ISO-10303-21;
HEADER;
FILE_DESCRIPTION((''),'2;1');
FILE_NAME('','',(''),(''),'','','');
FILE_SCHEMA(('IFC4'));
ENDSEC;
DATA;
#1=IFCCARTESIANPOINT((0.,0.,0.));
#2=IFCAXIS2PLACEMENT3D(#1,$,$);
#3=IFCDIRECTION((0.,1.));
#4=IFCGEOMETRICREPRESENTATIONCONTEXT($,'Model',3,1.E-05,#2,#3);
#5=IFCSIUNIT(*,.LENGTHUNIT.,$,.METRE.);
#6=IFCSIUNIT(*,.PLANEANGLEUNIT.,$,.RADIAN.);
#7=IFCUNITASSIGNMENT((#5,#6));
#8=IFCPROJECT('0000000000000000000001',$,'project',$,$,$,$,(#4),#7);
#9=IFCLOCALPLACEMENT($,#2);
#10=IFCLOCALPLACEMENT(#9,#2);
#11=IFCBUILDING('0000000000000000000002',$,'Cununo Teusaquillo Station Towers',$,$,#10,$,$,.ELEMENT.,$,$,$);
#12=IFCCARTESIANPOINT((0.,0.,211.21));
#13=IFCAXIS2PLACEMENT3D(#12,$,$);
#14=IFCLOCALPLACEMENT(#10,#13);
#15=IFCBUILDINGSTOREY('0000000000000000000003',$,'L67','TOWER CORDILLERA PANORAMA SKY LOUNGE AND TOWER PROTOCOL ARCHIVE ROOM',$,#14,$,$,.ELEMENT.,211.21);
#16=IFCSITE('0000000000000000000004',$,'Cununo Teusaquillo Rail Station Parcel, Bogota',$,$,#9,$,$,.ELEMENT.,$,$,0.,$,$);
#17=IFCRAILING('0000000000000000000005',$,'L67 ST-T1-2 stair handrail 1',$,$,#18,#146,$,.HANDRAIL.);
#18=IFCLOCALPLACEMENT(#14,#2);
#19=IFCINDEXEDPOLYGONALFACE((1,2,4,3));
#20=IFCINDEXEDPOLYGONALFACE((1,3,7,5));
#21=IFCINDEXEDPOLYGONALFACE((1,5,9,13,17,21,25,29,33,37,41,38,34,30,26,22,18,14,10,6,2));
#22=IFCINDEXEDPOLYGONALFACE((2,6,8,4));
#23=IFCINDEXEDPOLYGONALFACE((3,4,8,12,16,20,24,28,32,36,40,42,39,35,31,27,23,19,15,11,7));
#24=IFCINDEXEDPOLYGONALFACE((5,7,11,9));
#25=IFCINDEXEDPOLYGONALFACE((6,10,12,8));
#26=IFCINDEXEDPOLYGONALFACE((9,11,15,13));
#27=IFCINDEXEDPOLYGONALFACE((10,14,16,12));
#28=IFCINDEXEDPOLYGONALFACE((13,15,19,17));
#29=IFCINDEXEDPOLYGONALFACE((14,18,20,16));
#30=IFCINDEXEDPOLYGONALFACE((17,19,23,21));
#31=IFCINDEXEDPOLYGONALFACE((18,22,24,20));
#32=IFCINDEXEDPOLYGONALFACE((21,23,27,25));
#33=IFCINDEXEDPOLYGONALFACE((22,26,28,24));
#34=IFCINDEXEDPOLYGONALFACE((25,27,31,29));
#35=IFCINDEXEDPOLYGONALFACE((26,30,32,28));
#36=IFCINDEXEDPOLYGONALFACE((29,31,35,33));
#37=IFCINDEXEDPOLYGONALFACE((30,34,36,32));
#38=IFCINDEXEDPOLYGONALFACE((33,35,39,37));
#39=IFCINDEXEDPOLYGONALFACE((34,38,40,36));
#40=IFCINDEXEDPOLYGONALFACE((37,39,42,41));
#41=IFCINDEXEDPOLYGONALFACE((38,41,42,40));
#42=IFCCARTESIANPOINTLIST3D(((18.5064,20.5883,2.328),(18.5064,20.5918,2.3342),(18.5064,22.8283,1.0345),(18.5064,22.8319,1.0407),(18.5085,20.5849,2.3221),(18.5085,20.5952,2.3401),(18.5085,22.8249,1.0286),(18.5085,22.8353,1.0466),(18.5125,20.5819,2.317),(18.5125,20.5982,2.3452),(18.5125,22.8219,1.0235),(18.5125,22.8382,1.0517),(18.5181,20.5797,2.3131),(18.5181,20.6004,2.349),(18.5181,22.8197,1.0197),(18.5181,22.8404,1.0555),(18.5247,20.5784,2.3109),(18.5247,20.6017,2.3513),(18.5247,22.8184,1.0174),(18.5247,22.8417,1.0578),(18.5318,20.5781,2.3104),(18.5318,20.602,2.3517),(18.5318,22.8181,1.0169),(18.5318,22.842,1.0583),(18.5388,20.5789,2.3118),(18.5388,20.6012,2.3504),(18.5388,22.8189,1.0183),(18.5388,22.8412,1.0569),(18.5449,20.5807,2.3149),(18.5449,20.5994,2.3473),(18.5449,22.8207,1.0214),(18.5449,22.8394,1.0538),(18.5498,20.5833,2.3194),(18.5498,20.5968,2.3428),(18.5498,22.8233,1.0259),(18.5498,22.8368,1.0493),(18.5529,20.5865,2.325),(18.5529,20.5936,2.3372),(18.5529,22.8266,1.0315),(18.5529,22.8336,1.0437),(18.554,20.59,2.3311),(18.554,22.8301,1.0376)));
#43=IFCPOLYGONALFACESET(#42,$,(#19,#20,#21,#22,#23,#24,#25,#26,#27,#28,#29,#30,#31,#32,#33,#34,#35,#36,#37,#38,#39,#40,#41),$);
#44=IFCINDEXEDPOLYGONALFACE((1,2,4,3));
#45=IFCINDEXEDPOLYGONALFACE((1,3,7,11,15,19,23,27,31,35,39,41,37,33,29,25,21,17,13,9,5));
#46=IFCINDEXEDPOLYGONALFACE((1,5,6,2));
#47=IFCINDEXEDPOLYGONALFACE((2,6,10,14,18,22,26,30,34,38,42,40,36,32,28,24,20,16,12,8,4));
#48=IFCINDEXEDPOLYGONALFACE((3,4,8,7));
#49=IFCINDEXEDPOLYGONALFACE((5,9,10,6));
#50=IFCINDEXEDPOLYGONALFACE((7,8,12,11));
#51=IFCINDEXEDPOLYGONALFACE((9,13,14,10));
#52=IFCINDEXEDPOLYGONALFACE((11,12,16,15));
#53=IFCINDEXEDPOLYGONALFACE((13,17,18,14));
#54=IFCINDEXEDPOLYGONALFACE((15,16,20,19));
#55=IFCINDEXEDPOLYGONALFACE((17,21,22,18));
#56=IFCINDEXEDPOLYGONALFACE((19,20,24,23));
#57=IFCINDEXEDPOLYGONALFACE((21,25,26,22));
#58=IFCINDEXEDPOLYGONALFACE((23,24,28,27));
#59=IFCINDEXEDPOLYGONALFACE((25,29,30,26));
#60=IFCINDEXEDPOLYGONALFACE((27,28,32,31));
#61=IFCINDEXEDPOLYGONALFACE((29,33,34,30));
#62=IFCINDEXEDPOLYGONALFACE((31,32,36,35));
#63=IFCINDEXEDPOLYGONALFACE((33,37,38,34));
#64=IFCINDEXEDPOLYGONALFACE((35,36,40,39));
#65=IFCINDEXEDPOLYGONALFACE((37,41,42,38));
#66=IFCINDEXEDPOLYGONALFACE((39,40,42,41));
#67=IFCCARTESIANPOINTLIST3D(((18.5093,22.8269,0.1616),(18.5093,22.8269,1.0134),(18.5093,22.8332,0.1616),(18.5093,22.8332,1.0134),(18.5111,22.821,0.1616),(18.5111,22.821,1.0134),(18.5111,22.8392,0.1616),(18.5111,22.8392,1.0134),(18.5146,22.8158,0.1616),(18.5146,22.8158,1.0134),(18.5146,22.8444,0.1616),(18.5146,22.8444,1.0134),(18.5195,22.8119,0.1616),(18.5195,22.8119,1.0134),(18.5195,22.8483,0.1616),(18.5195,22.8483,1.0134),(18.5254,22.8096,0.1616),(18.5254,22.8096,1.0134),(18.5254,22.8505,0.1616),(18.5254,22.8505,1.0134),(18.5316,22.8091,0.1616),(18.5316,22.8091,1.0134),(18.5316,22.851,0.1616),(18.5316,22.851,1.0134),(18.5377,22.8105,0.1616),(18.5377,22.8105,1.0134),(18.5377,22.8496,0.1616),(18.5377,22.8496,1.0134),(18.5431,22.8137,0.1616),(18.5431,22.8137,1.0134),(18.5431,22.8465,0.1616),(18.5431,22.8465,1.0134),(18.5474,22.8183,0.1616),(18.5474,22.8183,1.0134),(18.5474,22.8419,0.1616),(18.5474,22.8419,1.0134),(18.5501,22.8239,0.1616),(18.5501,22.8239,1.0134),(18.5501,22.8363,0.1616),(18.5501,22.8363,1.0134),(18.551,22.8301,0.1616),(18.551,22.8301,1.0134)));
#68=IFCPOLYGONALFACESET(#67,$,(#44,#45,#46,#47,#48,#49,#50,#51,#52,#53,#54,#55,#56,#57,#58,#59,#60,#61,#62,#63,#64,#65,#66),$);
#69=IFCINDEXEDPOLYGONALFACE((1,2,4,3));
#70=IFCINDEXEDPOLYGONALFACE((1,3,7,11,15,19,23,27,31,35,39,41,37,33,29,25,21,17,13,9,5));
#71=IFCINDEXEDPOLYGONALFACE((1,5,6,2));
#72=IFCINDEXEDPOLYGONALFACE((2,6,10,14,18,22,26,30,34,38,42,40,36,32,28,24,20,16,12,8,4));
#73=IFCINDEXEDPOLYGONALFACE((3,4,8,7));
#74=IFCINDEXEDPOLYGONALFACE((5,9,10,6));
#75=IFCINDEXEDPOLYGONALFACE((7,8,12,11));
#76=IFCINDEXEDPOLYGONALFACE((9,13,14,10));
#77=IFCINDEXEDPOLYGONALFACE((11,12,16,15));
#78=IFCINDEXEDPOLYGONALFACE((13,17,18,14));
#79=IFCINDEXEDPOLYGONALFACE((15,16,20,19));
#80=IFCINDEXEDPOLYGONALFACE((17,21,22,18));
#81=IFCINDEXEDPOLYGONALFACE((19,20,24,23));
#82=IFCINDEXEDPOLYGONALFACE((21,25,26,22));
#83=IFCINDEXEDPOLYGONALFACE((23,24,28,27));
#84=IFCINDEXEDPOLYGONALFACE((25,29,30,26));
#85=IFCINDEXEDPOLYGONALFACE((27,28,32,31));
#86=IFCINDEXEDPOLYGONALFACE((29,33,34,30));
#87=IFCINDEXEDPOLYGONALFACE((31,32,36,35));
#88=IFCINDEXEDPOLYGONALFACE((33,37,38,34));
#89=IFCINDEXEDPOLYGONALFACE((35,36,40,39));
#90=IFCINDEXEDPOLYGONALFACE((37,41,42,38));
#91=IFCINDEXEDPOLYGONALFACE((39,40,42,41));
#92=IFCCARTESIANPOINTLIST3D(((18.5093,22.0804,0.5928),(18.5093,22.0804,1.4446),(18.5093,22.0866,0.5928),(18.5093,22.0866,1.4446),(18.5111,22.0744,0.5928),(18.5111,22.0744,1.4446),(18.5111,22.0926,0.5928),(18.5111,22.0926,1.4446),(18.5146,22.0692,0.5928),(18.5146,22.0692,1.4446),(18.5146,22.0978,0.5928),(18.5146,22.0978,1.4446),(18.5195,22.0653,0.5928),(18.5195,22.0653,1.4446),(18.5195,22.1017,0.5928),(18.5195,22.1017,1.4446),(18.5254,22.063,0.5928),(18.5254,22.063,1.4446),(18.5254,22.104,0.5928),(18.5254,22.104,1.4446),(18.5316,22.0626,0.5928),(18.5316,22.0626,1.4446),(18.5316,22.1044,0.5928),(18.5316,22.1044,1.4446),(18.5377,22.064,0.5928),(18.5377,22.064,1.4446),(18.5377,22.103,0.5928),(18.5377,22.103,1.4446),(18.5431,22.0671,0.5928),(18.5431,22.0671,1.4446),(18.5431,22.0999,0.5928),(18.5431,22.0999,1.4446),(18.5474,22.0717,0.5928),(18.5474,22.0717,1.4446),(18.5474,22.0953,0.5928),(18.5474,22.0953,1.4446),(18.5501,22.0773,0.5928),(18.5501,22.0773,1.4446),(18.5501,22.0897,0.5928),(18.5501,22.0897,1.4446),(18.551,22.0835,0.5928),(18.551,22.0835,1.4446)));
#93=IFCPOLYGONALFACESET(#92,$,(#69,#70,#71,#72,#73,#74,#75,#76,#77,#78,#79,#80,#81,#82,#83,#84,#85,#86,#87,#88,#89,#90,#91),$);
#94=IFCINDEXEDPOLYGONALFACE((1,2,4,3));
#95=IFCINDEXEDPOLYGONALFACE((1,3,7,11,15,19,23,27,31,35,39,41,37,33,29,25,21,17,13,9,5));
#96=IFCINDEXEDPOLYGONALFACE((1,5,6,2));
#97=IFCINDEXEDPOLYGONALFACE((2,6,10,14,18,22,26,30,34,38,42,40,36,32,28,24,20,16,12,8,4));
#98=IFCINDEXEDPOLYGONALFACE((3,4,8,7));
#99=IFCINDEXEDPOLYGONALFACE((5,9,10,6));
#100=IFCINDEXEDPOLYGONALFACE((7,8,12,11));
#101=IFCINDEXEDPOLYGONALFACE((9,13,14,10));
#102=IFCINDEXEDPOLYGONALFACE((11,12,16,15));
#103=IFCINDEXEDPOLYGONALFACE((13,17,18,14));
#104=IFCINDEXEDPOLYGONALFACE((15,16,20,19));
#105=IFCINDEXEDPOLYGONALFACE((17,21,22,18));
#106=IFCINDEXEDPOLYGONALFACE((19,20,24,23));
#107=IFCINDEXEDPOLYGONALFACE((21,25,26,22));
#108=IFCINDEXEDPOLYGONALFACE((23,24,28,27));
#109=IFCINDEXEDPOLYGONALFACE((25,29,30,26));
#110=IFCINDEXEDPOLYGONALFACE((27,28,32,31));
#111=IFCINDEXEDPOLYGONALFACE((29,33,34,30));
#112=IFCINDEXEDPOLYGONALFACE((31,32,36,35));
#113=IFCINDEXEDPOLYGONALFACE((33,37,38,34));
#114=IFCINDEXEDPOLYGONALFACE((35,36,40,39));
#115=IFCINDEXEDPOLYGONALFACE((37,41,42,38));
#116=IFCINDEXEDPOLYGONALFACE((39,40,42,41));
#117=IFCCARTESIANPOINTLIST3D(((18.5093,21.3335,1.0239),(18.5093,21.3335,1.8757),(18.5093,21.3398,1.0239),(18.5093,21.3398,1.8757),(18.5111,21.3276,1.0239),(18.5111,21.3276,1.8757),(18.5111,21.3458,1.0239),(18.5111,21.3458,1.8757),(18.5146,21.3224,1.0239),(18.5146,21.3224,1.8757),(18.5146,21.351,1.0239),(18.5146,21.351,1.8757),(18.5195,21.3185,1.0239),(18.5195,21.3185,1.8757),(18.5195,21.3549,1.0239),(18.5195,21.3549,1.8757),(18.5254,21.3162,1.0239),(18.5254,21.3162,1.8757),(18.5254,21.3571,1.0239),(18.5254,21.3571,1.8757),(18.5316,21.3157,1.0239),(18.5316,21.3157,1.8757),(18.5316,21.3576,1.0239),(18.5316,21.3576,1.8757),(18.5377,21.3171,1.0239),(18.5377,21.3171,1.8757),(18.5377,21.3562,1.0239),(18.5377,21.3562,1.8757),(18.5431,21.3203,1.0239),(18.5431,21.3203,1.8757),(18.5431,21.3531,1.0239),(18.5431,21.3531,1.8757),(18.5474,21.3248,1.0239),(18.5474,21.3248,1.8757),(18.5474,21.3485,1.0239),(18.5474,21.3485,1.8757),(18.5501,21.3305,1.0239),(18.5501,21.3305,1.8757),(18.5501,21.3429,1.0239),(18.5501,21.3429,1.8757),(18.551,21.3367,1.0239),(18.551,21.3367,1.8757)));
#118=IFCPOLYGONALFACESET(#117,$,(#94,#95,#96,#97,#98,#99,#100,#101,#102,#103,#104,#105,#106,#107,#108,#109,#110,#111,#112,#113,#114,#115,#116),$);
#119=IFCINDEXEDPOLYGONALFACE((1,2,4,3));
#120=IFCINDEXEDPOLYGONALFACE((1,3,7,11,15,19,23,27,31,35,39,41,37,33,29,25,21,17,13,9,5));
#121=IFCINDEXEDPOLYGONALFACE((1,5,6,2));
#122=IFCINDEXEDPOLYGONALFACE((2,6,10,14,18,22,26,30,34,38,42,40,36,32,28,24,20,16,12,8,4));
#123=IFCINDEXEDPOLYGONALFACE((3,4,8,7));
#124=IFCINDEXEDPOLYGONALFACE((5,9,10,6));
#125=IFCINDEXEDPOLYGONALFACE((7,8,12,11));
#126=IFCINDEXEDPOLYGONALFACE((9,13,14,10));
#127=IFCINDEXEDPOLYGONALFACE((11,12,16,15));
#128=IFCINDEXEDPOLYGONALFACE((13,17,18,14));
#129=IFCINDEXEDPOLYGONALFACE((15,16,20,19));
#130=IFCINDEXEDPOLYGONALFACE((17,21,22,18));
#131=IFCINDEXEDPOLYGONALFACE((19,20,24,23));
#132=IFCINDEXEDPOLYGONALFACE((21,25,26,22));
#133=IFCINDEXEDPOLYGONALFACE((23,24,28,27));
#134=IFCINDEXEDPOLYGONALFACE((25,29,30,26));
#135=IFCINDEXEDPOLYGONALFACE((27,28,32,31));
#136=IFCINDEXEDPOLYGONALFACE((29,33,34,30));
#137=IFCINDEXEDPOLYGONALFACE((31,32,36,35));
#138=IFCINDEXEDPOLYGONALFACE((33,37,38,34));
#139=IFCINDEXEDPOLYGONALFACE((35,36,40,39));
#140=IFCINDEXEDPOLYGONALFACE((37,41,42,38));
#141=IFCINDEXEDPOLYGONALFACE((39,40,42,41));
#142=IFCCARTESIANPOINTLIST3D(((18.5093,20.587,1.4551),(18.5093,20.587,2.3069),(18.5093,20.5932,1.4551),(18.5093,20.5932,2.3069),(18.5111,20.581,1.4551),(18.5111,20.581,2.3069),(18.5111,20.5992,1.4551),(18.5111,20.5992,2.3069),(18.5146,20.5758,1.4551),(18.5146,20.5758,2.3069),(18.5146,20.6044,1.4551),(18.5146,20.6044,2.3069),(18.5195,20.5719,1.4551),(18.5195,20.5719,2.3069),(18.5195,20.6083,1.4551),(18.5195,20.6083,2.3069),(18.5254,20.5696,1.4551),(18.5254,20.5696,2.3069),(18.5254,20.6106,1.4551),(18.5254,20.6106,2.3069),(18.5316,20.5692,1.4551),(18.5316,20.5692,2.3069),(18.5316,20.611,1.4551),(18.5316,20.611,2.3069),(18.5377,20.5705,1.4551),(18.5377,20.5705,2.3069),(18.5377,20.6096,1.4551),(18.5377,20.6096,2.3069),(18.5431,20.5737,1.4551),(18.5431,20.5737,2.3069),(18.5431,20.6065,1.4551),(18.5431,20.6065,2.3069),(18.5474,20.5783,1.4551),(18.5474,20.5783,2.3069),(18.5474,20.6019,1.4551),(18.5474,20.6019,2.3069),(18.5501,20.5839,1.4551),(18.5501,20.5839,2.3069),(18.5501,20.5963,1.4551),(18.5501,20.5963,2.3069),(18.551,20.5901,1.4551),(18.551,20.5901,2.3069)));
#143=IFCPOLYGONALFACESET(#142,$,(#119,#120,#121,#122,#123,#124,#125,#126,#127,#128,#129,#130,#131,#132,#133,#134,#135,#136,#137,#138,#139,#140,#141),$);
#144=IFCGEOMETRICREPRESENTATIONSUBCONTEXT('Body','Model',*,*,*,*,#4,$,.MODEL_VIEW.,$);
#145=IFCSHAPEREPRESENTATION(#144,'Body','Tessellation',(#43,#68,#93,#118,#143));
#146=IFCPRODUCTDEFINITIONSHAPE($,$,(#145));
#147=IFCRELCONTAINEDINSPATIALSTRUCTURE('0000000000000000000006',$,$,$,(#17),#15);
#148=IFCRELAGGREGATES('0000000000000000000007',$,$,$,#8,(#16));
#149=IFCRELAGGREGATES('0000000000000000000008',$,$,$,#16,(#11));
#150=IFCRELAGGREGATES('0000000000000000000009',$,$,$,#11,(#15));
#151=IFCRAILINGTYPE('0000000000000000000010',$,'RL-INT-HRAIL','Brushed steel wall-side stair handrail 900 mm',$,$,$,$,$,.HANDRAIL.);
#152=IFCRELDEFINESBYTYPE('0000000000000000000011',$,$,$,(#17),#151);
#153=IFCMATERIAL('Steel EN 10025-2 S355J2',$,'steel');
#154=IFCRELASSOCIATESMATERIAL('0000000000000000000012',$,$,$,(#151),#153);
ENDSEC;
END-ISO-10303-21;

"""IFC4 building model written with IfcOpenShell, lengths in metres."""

from ifc_helpers import new_model, si_unit, direction, frame, origin, origin_2d, place, context, subcontext, project, spatial, circle, extrude, material, type_object, element, save


model = new_model("IFC4")

# Units and contexts
model_context = context("Model", 3, precision=1e-05, world=origin(), true_north=direction((0.0, 1.0)))
body_context = subcontext(model_context, "Body", "Model", "MODEL_VIEW")
ifc_project = project(units=[si_unit("LENGTHUNIT", "METRE"), si_unit("PLANEANGLEUNIT", "RADIAN")], contexts=[model_context])

# Site, building, storey
site_placement = place(None, origin())
site = spatial("IfcSite", under=ifc_project, at=site_placement, Name="Cununo Teusaquillo Rail Station Parcel, Bogota", CompositionType="ELEMENT", RefElevation=0.0)
building_placement = place(site_placement, origin())
building = spatial("IfcBuilding", under=site, at=building_placement, Name="Cununo Teusaquillo Station Towers", CompositionType="ELEMENT")
storey_placement = place(building_placement, frame((0.0, 0.0, 211.21)))
storey = spatial("IfcBuildingStorey", under=building, at=storey_placement, Name="L67", Description="TOWER CORDILLERA PANORAMA SKY LOUNGE AND TOWER PROTOCOL ARCHIVE ROOM", CompositionType="ELEMENT", Elevation=211.21)

# Railing
ifc_material_1 = material(Name="Steel EN 10025-2 S355J2", Category="steel")
railing_type_1 = type_object("IfcRailingType", Name="RL-INT-HRAIL", Description="Brushed steel wall-side stair handrail 900 mm", PredefinedType="HANDRAIL", material=ifc_material_1)
railing_1_placement = place(storey_placement, frame((18.53, 22.8301, 0.1616)))
element("IfcRailing", 1, at=railing_1_placement, inside=storey, type_object=railing_type_1, Name="L67 ST-T1-2 stair handrail 1", PredefinedType="HANDRAIL", context=body_context, shape_type="SweptSolid", body=[
    extrude(circle(Radius=0.0239, at=origin_2d()), frame((0.0, 0.0, 0.876), z_axis=(0.0, -0.865992, 0.500057), x_axis=(1.0, 0.0, 0.0)), (0.0, 0.0, 1.0), 2.5867),
    extrude(circle(Radius=0.021, at=origin_2d()), origin(), (0.0, 0.0, 1.0), 0.8518),
    extrude(circle(Radius=0.021, at=origin_2d()), frame((0.0, -0.7466, 0.4312)), (0.0, 0.0, 1.0), 0.8518),
    extrude(circle(Radius=0.021, at=origin_2d()), frame((0.0, -1.4934, 0.8623)), (0.0, 0.0, 1.0), 0.8518),
    extrude(circle(Radius=0.021, at=origin_2d()), frame((0.0, -2.24, 1.2935)), (0.0, 0.0, 1.0), 0.8518),
])

save(model, "model.ifc")
